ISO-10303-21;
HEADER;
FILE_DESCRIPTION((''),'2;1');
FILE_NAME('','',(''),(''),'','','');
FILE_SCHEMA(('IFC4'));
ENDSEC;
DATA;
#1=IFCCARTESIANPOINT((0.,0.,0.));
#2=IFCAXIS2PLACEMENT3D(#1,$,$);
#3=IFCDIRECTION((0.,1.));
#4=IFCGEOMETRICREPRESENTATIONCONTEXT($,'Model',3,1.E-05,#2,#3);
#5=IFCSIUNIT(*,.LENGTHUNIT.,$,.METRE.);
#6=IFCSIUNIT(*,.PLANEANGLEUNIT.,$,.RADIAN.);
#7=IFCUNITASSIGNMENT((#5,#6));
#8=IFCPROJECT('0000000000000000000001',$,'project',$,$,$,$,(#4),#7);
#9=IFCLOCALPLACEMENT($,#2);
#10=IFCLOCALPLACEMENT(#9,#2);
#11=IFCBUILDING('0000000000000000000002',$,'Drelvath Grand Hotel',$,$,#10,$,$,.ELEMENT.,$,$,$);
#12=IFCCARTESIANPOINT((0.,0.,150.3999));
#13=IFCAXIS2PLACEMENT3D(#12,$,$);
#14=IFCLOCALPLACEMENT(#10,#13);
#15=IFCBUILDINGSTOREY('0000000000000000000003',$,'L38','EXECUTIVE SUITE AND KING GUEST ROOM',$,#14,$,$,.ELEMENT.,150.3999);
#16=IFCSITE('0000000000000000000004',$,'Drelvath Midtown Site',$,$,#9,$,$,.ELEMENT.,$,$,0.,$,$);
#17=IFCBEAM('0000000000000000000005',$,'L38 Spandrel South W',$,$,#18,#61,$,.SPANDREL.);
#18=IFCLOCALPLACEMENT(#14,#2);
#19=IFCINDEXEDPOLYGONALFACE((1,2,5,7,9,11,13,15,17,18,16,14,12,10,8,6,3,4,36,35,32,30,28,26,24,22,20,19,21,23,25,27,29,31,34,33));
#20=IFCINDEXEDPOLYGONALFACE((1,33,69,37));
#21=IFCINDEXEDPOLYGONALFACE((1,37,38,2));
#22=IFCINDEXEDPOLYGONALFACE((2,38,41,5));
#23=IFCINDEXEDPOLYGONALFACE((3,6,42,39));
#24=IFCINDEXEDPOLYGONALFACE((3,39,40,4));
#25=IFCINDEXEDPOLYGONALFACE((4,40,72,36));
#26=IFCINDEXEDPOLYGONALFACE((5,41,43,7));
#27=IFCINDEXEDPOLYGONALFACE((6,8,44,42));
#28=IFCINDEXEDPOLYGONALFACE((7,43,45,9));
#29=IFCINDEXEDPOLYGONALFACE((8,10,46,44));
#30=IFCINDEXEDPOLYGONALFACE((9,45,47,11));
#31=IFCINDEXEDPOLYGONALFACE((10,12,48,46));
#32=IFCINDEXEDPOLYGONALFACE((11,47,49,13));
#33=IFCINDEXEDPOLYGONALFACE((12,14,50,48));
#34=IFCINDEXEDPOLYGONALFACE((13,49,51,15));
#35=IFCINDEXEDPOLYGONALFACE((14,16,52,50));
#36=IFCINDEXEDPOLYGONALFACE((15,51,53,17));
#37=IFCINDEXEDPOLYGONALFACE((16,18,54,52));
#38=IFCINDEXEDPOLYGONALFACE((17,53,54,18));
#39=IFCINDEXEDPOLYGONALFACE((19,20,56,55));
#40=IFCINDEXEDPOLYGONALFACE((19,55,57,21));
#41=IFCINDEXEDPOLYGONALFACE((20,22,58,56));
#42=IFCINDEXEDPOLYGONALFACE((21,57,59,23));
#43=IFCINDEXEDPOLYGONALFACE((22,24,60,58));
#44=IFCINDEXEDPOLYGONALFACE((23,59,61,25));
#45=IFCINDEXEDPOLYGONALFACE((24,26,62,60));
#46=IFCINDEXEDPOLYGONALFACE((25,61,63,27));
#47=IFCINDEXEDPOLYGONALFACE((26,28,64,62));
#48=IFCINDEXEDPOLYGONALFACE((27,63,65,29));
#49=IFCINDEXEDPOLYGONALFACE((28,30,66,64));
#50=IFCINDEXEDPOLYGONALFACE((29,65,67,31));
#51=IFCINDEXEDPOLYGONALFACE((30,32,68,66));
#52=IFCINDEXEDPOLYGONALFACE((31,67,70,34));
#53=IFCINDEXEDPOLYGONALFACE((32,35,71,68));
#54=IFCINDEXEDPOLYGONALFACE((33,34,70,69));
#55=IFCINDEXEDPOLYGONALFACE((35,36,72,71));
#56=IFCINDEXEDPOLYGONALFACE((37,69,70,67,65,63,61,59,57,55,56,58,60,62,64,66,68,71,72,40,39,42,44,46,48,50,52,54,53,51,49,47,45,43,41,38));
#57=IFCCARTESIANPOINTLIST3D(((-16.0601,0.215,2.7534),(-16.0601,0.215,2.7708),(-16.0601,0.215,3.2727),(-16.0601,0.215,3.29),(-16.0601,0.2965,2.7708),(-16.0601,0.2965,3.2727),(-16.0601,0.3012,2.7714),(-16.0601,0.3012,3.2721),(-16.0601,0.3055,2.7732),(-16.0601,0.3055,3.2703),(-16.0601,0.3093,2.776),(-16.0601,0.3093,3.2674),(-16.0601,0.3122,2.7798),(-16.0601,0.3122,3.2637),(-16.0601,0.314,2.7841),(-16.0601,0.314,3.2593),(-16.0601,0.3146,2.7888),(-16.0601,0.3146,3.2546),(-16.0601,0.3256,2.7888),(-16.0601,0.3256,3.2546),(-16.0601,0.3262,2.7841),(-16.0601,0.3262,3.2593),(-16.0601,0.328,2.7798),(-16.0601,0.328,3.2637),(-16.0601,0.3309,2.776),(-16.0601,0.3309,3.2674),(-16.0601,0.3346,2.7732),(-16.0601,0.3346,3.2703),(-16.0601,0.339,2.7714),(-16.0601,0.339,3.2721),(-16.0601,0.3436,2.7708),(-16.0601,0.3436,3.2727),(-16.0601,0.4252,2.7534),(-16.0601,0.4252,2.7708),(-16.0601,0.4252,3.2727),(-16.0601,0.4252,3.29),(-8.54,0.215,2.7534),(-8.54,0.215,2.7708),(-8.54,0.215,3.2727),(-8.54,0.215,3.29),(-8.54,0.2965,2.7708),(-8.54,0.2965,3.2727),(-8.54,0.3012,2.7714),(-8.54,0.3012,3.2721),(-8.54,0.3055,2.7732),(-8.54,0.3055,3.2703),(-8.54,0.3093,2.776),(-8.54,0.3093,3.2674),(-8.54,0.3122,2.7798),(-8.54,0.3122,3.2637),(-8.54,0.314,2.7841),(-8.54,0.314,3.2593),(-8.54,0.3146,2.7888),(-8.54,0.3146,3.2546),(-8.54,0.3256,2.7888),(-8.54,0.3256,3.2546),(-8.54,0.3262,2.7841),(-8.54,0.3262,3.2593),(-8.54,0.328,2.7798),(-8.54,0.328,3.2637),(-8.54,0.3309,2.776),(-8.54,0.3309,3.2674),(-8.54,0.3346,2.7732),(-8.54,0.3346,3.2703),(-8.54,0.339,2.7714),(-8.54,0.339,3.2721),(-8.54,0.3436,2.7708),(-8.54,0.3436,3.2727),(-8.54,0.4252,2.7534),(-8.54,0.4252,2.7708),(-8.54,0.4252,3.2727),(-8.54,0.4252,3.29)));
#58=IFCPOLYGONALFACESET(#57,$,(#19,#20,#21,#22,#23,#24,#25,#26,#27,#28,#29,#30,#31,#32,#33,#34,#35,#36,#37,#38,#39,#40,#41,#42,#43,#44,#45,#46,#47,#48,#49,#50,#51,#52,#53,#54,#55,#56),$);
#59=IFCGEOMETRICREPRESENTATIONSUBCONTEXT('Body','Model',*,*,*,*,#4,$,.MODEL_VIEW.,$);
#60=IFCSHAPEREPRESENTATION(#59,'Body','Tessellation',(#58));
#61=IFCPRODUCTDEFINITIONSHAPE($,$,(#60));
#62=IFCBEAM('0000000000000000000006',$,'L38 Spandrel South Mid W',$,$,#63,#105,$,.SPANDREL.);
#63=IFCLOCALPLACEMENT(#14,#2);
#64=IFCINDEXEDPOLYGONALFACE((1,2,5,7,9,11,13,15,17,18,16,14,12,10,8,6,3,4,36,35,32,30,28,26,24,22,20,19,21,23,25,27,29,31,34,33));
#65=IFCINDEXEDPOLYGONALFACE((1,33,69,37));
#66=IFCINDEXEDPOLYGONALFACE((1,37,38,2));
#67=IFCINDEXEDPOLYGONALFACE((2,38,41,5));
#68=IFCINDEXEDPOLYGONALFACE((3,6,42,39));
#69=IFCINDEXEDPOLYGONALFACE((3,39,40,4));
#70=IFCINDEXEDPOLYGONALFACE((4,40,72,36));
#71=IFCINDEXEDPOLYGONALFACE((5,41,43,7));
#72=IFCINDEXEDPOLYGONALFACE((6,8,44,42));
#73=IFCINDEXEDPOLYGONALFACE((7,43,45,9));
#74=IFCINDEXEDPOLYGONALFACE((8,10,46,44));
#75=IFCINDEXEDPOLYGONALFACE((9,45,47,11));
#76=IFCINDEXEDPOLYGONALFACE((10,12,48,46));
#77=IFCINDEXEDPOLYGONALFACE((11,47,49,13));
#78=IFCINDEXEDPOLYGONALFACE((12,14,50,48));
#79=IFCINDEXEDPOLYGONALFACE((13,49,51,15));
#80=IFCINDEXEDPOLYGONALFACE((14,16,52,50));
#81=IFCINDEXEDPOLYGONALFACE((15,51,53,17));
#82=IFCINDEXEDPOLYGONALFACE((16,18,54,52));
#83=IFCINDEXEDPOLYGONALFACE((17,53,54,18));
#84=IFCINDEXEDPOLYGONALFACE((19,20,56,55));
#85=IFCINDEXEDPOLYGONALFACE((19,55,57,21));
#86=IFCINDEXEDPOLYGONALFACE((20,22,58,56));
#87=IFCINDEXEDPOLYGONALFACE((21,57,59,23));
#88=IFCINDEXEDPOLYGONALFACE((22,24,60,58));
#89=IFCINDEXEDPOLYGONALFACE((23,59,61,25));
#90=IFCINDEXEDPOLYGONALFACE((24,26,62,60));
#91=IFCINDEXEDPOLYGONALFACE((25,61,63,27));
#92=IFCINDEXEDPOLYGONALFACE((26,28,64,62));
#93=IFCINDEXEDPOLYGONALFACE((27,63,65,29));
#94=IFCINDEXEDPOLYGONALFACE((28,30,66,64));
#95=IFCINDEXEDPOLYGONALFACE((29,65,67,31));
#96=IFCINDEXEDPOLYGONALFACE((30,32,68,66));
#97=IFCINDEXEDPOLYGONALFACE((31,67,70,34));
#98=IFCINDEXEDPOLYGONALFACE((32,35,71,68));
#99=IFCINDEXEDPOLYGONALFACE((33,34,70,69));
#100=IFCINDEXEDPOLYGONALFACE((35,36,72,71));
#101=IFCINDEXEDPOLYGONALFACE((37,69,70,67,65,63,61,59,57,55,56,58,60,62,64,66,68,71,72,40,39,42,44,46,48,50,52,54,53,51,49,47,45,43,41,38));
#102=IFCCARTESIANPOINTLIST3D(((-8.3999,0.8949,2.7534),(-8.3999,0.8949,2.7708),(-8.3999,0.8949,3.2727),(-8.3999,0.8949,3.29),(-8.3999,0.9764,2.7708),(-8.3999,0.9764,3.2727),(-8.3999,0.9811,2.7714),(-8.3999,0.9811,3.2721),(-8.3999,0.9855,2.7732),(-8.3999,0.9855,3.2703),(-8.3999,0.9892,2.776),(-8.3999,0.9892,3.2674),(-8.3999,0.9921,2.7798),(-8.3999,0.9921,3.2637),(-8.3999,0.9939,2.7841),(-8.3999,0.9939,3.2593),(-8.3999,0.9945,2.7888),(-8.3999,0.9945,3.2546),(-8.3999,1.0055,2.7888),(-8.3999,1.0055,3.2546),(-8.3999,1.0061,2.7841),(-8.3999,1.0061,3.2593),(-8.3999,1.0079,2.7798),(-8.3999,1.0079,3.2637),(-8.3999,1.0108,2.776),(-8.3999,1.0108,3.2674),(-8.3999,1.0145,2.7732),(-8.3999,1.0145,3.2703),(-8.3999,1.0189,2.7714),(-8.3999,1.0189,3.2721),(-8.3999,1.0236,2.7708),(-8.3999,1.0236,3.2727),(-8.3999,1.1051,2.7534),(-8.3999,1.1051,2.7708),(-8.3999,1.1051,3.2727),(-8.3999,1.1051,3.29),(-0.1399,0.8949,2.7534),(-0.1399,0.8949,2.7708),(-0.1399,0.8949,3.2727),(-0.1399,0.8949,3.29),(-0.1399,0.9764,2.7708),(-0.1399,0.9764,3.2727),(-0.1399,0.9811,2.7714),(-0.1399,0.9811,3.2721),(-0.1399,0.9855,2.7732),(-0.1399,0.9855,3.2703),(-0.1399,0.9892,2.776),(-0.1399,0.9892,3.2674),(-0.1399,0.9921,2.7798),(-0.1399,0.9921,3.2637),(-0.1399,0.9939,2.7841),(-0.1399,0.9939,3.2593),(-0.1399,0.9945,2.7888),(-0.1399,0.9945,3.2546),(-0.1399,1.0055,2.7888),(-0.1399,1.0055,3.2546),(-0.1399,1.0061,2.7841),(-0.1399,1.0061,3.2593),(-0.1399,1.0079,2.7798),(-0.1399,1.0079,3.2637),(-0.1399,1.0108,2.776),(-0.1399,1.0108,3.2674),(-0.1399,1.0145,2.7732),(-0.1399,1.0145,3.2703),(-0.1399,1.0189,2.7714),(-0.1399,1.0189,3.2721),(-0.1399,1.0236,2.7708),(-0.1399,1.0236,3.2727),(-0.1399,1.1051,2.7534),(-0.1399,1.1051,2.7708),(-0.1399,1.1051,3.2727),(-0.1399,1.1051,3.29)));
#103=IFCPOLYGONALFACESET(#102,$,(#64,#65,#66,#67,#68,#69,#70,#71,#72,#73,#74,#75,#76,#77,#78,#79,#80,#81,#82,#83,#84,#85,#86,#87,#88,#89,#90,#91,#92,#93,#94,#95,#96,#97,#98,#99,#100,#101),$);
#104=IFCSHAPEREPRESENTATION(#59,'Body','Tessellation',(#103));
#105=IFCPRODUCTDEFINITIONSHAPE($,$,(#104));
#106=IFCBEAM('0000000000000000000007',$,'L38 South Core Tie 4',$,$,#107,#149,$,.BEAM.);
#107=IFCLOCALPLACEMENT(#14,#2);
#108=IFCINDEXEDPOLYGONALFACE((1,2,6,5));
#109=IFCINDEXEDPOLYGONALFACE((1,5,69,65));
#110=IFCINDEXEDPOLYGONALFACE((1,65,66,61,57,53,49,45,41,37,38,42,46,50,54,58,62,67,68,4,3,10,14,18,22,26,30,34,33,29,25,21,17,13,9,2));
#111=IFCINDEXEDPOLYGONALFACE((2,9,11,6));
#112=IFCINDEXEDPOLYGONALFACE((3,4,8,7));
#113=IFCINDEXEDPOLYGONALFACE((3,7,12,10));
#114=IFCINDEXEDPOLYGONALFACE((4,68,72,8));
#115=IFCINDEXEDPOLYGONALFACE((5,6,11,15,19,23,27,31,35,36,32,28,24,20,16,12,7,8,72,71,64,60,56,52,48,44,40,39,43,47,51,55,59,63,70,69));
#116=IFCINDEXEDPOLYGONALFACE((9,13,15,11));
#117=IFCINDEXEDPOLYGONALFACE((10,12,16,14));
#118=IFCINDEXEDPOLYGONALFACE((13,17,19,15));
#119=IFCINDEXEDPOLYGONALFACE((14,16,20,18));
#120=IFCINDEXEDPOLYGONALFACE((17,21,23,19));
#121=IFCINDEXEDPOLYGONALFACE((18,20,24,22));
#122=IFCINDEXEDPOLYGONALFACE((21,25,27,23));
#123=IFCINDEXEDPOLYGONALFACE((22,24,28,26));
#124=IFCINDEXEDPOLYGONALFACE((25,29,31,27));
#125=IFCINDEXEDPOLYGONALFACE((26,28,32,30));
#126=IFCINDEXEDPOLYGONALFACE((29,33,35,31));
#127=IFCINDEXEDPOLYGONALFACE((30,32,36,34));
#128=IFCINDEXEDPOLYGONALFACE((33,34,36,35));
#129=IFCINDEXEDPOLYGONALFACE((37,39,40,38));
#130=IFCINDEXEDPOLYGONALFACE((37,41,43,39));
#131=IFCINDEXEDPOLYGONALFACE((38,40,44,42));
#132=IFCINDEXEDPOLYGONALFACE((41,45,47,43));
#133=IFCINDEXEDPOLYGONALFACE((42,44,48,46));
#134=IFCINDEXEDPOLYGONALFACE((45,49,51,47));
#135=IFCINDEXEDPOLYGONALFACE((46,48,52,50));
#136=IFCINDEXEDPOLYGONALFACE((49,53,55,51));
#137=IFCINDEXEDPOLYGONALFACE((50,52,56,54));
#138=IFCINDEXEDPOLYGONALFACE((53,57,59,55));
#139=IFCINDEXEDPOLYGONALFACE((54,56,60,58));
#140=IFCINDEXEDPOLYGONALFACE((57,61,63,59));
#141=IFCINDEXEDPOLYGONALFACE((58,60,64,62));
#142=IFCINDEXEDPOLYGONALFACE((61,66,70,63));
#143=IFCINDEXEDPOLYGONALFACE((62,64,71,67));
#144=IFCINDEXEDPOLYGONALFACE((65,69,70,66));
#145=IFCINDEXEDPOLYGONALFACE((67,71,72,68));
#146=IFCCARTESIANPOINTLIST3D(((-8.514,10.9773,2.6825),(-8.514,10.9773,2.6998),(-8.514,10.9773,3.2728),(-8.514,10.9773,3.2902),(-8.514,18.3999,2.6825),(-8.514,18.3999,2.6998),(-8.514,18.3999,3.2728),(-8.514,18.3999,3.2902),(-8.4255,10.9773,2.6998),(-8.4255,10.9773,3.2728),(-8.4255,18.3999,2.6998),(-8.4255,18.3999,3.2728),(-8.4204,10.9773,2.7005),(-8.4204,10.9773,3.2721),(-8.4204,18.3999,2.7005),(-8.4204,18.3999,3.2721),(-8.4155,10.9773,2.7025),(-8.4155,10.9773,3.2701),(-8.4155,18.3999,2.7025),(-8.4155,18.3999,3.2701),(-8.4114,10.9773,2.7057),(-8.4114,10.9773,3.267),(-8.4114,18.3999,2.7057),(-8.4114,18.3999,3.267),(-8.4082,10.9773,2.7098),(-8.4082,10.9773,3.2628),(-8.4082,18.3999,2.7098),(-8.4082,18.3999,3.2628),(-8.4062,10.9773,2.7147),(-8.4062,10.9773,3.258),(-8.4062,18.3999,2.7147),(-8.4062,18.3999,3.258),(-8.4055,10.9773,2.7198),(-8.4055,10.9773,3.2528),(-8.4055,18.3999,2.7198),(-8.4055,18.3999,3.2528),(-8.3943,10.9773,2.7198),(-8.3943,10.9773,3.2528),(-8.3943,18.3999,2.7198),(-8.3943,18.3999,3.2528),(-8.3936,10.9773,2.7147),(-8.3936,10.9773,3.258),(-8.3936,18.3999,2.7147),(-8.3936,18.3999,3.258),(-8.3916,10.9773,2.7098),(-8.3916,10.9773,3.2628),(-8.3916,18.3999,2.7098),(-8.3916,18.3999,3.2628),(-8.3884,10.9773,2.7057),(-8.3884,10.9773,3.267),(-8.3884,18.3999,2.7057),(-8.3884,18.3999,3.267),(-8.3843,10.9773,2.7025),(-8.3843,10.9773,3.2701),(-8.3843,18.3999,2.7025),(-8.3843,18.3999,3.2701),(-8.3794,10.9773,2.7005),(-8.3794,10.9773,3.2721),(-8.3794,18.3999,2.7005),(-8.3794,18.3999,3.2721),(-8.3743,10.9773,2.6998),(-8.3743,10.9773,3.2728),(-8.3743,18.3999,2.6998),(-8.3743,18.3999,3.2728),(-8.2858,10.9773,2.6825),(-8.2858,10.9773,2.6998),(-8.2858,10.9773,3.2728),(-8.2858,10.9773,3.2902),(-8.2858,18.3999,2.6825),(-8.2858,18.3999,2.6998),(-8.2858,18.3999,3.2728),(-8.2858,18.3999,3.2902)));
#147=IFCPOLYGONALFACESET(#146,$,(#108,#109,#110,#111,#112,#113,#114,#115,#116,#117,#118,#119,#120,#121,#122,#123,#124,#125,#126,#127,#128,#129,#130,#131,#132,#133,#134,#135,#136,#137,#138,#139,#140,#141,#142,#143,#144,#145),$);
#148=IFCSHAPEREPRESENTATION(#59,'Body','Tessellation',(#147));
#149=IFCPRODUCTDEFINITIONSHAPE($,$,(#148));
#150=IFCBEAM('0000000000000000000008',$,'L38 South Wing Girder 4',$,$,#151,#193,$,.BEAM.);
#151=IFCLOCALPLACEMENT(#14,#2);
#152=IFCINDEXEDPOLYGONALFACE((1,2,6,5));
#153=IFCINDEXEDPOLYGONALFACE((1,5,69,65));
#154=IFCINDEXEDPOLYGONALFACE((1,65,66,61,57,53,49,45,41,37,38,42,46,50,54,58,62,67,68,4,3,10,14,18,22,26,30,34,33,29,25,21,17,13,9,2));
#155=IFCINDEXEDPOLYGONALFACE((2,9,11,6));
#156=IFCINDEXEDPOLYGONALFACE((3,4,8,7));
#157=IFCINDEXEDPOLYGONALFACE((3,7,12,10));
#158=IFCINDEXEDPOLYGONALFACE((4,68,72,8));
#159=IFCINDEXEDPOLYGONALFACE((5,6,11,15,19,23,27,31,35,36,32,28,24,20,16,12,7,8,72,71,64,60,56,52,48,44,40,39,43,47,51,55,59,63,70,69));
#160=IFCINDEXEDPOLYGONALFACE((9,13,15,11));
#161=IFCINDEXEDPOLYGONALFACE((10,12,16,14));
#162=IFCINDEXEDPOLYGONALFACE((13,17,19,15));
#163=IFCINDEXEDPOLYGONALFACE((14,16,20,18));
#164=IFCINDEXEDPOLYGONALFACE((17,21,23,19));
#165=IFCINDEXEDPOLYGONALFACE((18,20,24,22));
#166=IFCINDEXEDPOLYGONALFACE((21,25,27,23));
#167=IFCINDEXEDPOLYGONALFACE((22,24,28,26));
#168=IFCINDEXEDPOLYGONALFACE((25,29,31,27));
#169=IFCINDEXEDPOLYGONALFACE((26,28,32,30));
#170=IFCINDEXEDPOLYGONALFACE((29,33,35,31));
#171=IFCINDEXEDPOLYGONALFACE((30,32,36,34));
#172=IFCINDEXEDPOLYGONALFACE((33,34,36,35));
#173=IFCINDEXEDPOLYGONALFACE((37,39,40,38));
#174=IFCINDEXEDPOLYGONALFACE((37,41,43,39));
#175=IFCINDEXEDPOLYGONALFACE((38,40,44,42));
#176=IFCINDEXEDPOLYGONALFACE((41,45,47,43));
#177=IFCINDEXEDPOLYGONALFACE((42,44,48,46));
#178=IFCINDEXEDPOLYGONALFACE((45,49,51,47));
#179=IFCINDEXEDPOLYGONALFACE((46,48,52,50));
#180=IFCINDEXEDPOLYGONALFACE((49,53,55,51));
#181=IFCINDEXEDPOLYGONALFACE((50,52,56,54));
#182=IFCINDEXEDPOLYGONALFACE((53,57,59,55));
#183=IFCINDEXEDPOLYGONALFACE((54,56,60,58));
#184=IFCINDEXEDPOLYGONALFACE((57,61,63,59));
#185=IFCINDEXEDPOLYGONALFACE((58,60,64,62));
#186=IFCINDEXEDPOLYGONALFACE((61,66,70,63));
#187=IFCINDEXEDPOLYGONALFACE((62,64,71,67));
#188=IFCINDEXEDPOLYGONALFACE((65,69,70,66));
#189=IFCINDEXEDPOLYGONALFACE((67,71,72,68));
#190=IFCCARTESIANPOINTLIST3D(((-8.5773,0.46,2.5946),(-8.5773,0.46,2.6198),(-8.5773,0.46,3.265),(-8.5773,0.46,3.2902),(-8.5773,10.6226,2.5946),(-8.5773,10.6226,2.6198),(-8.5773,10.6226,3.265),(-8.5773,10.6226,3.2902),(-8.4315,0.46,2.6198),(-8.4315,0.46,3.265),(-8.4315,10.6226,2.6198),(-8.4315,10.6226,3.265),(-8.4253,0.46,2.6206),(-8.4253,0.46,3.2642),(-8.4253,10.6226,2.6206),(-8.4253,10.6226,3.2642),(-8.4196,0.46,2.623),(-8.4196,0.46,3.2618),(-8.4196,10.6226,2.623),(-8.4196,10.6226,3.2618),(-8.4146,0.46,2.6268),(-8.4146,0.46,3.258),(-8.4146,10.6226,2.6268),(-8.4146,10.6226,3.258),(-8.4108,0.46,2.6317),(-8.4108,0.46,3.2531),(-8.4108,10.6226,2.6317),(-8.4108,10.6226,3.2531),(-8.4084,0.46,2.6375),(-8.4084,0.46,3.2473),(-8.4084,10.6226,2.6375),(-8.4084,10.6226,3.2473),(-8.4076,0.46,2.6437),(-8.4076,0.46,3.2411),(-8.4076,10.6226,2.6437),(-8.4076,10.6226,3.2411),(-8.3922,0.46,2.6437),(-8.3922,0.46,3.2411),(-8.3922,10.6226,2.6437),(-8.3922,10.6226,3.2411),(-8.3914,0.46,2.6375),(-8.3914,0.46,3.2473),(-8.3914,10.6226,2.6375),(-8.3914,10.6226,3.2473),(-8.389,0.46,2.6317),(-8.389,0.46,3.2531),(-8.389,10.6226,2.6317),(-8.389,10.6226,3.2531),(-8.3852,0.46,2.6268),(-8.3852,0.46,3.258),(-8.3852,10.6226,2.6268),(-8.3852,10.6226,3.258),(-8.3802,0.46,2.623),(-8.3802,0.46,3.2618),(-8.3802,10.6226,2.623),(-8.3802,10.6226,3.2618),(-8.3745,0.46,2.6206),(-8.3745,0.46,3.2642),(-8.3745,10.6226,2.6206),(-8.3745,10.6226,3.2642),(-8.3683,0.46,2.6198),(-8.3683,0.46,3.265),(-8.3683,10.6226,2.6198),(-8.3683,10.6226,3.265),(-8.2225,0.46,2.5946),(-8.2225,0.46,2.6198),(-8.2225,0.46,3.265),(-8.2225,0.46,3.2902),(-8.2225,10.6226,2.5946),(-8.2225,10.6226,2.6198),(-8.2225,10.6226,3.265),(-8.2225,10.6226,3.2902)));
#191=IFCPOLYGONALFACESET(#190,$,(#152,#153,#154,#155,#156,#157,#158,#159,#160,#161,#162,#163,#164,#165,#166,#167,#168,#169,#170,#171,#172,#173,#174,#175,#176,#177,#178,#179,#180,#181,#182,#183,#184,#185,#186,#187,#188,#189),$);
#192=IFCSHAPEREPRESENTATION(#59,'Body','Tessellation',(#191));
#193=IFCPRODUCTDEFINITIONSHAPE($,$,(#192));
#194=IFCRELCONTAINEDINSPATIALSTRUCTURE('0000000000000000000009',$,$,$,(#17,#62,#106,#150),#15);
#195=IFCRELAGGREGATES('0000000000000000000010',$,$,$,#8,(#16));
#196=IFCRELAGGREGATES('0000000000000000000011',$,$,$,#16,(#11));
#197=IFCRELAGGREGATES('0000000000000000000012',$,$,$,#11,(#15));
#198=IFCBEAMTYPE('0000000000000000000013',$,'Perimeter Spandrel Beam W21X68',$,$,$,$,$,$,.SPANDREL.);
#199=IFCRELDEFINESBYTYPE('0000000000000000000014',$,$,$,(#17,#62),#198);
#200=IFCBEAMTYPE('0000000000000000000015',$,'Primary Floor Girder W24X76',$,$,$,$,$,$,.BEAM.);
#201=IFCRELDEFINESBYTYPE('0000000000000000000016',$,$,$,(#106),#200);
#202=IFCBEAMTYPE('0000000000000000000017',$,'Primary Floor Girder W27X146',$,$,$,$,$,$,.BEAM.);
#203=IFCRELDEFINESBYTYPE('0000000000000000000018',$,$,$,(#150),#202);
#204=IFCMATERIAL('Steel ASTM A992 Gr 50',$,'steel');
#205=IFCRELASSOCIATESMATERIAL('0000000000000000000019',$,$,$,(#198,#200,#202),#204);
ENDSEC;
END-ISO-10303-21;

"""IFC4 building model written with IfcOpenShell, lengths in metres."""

from ifc_helpers import new_model, si_unit, direction, frame, origin, origin_2d, place, context, subcontext, project, spatial, i_section, extrude, material, material_profile, profile_set, type_object, element, save


model = new_model("IFC4")

# Units and contexts
model_context = context("Model", 3, precision=1e-05, world=origin(), true_north=direction((0.0, 1.0)))
body_context = subcontext(model_context, "Body", "Model", "MODEL_VIEW")
ifc_project = project(units=[si_unit("LENGTHUNIT", "METRE"), si_unit("PLANEANGLEUNIT", "RADIAN")], contexts=[model_context])

# Site, building, storey
site_placement = place(None, origin())
site = spatial("IfcSite", under=ifc_project, at=site_placement, Name="Drelvath Midtown Site", CompositionType="ELEMENT", RefElevation=0.0)
building_placement = place(site_placement, origin())
building = spatial("IfcBuilding", under=site, at=building_placement, Name="Drelvath Grand Hotel", CompositionType="ELEMENT")
storey_placement = place(building_placement, frame((0.0, 0.0, 150.3999)))
storey = spatial("IfcBuildingStorey", under=building, at=storey_placement, Name="L38", Description="EXECUTIVE SUITE AND KING GUEST ROOM", CompositionType="ELEMENT", Elevation=150.3999)

# Shared definitions
ifc_material_1 = material(Name="Steel ASTM A992 Gr 50", Category="steel")

# Beams
ifc_material_profile_1 = material_profile(ifc_material_1, i_section(OverallWidth=0.2102, OverallDepth=0.5366, WebThickness=0.011, FlangeThickness=0.0173, FilletRadius=0.0181, at=origin_2d()), Name="W21X68")
ifc_profile_set_1 = profile_set([ifc_material_profile_1], Name="Steel ASTM A992 Gr 50")
beam_type_1 = type_object("IfcBeamType", Name="Perimeter Spandrel Beam W21X68", PredefinedType="SPANDREL", material=ifc_profile_set_1)
beam_1_placement = place(storey_placement, frame((-16.0601, 0.3201, 3.0217), z_axis=(1.0, 0.0, 0.0), x_axis=(0.0, 1.0, 0.0)))
element("IfcBeam", 1, at=beam_1_placement, inside=storey, type_object=beam_type_1, Name="L38 Spandrel South W", PredefinedType="SPANDREL", context=body_context, shape_type="SweptSolid", body=[
    extrude(i_section(OverallWidth=0.2102, OverallDepth=0.5366, WebThickness=0.011, FlangeThickness=0.0173, FilletRadius=0.0181, at=origin_2d()), origin(), (0.0, 0.0, 1.0), 7.52),
])
beam_2_placement = place(storey_placement, frame((-8.3999, 1.0, 3.0217), z_axis=(1.0, 0.0, 0.0), x_axis=(0.0, 1.0, 0.0)))
element("IfcBeam", 2, at=beam_2_placement, inside=storey, type_object=beam_type_1, Name="L38 Spandrel South Mid W", PredefinedType="SPANDREL", context=body_context, shape_type="SweptSolid", body=[
    extrude(i_section(OverallWidth=0.2102, OverallDepth=0.5366, WebThickness=0.011, FlangeThickness=0.0173, FilletRadius=0.0181, at=origin_2d()), origin(), (0.0, 0.0, 1.0), 8.26),
])
ifc_material_profile_2 = material_profile(ifc_material_1, i_section(OverallWidth=0.2283, OverallDepth=0.6077, WebThickness=0.0112, FlangeThickness=0.0173, FilletRadius=0.02, at=origin_2d()), Name="W24X76")
ifc_profile_set_2 = profile_set([ifc_material_profile_2], Name="Steel ASTM A992 Gr 50")
beam_type_2 = type_object("IfcBeamType", Name="Primary Floor Girder W24X76", PredefinedType="BEAM", material=ifc_profile_set_2)
beam_3_placement = place(storey_placement, frame((-8.3999, 10.9773, 2.9863), z_axis=(0.0, 1.0, 0.0), x_axis=(-1.0, 0.0, 0.0)))
element("IfcBeam", 3, at=beam_3_placement, inside=storey, type_object=beam_type_2, Name="L38 South Core Tie 4", PredefinedType="BEAM", context=body_context, shape_type="SweptSolid", body=[
    extrude(i_section(OverallWidth=0.2283, OverallDepth=0.6077, WebThickness=0.0112, FlangeThickness=0.0173, FilletRadius=0.02, at=origin_2d()), origin(), (0.0, 0.0, 1.0), 7.4226),
])
ifc_material_profile_3 = material_profile(ifc_material_1, i_section(OverallWidth=0.3547, OverallDepth=0.6956, WebThickness=0.0154, FlangeThickness=0.0251, FilletRadius=0.0239, at=origin_2d()), Name="W27X146")
ifc_profile_set_3 = profile_set([ifc_material_profile_3], Name="Steel ASTM A992 Gr 50")
beam_type_3 = type_object("IfcBeamType", Name="Primary Floor Girder W27X146", PredefinedType="BEAM", material=ifc_profile_set_3)
beam_4_placement = place(storey_placement, frame((-8.3999, 0.46, 2.9424), z_axis=(0.0, 1.0, 0.0), x_axis=(-1.0, 0.0, 0.0)))
element("IfcBeam", 4, at=beam_4_placement, inside=storey, type_object=beam_type_3, Name="L38 South Wing Girder 4", PredefinedType="BEAM", context=body_context, shape_type="SweptSolid", body=[
    extrude(i_section(OverallWidth=0.3547, OverallDepth=0.6956, WebThickness=0.0154, FlangeThickness=0.0251, FilletRadius=0.0239, at=origin_2d()), origin(), (0.0, 0.0, 1.0), 10.1626),
])

save(model, "model.ifc")
